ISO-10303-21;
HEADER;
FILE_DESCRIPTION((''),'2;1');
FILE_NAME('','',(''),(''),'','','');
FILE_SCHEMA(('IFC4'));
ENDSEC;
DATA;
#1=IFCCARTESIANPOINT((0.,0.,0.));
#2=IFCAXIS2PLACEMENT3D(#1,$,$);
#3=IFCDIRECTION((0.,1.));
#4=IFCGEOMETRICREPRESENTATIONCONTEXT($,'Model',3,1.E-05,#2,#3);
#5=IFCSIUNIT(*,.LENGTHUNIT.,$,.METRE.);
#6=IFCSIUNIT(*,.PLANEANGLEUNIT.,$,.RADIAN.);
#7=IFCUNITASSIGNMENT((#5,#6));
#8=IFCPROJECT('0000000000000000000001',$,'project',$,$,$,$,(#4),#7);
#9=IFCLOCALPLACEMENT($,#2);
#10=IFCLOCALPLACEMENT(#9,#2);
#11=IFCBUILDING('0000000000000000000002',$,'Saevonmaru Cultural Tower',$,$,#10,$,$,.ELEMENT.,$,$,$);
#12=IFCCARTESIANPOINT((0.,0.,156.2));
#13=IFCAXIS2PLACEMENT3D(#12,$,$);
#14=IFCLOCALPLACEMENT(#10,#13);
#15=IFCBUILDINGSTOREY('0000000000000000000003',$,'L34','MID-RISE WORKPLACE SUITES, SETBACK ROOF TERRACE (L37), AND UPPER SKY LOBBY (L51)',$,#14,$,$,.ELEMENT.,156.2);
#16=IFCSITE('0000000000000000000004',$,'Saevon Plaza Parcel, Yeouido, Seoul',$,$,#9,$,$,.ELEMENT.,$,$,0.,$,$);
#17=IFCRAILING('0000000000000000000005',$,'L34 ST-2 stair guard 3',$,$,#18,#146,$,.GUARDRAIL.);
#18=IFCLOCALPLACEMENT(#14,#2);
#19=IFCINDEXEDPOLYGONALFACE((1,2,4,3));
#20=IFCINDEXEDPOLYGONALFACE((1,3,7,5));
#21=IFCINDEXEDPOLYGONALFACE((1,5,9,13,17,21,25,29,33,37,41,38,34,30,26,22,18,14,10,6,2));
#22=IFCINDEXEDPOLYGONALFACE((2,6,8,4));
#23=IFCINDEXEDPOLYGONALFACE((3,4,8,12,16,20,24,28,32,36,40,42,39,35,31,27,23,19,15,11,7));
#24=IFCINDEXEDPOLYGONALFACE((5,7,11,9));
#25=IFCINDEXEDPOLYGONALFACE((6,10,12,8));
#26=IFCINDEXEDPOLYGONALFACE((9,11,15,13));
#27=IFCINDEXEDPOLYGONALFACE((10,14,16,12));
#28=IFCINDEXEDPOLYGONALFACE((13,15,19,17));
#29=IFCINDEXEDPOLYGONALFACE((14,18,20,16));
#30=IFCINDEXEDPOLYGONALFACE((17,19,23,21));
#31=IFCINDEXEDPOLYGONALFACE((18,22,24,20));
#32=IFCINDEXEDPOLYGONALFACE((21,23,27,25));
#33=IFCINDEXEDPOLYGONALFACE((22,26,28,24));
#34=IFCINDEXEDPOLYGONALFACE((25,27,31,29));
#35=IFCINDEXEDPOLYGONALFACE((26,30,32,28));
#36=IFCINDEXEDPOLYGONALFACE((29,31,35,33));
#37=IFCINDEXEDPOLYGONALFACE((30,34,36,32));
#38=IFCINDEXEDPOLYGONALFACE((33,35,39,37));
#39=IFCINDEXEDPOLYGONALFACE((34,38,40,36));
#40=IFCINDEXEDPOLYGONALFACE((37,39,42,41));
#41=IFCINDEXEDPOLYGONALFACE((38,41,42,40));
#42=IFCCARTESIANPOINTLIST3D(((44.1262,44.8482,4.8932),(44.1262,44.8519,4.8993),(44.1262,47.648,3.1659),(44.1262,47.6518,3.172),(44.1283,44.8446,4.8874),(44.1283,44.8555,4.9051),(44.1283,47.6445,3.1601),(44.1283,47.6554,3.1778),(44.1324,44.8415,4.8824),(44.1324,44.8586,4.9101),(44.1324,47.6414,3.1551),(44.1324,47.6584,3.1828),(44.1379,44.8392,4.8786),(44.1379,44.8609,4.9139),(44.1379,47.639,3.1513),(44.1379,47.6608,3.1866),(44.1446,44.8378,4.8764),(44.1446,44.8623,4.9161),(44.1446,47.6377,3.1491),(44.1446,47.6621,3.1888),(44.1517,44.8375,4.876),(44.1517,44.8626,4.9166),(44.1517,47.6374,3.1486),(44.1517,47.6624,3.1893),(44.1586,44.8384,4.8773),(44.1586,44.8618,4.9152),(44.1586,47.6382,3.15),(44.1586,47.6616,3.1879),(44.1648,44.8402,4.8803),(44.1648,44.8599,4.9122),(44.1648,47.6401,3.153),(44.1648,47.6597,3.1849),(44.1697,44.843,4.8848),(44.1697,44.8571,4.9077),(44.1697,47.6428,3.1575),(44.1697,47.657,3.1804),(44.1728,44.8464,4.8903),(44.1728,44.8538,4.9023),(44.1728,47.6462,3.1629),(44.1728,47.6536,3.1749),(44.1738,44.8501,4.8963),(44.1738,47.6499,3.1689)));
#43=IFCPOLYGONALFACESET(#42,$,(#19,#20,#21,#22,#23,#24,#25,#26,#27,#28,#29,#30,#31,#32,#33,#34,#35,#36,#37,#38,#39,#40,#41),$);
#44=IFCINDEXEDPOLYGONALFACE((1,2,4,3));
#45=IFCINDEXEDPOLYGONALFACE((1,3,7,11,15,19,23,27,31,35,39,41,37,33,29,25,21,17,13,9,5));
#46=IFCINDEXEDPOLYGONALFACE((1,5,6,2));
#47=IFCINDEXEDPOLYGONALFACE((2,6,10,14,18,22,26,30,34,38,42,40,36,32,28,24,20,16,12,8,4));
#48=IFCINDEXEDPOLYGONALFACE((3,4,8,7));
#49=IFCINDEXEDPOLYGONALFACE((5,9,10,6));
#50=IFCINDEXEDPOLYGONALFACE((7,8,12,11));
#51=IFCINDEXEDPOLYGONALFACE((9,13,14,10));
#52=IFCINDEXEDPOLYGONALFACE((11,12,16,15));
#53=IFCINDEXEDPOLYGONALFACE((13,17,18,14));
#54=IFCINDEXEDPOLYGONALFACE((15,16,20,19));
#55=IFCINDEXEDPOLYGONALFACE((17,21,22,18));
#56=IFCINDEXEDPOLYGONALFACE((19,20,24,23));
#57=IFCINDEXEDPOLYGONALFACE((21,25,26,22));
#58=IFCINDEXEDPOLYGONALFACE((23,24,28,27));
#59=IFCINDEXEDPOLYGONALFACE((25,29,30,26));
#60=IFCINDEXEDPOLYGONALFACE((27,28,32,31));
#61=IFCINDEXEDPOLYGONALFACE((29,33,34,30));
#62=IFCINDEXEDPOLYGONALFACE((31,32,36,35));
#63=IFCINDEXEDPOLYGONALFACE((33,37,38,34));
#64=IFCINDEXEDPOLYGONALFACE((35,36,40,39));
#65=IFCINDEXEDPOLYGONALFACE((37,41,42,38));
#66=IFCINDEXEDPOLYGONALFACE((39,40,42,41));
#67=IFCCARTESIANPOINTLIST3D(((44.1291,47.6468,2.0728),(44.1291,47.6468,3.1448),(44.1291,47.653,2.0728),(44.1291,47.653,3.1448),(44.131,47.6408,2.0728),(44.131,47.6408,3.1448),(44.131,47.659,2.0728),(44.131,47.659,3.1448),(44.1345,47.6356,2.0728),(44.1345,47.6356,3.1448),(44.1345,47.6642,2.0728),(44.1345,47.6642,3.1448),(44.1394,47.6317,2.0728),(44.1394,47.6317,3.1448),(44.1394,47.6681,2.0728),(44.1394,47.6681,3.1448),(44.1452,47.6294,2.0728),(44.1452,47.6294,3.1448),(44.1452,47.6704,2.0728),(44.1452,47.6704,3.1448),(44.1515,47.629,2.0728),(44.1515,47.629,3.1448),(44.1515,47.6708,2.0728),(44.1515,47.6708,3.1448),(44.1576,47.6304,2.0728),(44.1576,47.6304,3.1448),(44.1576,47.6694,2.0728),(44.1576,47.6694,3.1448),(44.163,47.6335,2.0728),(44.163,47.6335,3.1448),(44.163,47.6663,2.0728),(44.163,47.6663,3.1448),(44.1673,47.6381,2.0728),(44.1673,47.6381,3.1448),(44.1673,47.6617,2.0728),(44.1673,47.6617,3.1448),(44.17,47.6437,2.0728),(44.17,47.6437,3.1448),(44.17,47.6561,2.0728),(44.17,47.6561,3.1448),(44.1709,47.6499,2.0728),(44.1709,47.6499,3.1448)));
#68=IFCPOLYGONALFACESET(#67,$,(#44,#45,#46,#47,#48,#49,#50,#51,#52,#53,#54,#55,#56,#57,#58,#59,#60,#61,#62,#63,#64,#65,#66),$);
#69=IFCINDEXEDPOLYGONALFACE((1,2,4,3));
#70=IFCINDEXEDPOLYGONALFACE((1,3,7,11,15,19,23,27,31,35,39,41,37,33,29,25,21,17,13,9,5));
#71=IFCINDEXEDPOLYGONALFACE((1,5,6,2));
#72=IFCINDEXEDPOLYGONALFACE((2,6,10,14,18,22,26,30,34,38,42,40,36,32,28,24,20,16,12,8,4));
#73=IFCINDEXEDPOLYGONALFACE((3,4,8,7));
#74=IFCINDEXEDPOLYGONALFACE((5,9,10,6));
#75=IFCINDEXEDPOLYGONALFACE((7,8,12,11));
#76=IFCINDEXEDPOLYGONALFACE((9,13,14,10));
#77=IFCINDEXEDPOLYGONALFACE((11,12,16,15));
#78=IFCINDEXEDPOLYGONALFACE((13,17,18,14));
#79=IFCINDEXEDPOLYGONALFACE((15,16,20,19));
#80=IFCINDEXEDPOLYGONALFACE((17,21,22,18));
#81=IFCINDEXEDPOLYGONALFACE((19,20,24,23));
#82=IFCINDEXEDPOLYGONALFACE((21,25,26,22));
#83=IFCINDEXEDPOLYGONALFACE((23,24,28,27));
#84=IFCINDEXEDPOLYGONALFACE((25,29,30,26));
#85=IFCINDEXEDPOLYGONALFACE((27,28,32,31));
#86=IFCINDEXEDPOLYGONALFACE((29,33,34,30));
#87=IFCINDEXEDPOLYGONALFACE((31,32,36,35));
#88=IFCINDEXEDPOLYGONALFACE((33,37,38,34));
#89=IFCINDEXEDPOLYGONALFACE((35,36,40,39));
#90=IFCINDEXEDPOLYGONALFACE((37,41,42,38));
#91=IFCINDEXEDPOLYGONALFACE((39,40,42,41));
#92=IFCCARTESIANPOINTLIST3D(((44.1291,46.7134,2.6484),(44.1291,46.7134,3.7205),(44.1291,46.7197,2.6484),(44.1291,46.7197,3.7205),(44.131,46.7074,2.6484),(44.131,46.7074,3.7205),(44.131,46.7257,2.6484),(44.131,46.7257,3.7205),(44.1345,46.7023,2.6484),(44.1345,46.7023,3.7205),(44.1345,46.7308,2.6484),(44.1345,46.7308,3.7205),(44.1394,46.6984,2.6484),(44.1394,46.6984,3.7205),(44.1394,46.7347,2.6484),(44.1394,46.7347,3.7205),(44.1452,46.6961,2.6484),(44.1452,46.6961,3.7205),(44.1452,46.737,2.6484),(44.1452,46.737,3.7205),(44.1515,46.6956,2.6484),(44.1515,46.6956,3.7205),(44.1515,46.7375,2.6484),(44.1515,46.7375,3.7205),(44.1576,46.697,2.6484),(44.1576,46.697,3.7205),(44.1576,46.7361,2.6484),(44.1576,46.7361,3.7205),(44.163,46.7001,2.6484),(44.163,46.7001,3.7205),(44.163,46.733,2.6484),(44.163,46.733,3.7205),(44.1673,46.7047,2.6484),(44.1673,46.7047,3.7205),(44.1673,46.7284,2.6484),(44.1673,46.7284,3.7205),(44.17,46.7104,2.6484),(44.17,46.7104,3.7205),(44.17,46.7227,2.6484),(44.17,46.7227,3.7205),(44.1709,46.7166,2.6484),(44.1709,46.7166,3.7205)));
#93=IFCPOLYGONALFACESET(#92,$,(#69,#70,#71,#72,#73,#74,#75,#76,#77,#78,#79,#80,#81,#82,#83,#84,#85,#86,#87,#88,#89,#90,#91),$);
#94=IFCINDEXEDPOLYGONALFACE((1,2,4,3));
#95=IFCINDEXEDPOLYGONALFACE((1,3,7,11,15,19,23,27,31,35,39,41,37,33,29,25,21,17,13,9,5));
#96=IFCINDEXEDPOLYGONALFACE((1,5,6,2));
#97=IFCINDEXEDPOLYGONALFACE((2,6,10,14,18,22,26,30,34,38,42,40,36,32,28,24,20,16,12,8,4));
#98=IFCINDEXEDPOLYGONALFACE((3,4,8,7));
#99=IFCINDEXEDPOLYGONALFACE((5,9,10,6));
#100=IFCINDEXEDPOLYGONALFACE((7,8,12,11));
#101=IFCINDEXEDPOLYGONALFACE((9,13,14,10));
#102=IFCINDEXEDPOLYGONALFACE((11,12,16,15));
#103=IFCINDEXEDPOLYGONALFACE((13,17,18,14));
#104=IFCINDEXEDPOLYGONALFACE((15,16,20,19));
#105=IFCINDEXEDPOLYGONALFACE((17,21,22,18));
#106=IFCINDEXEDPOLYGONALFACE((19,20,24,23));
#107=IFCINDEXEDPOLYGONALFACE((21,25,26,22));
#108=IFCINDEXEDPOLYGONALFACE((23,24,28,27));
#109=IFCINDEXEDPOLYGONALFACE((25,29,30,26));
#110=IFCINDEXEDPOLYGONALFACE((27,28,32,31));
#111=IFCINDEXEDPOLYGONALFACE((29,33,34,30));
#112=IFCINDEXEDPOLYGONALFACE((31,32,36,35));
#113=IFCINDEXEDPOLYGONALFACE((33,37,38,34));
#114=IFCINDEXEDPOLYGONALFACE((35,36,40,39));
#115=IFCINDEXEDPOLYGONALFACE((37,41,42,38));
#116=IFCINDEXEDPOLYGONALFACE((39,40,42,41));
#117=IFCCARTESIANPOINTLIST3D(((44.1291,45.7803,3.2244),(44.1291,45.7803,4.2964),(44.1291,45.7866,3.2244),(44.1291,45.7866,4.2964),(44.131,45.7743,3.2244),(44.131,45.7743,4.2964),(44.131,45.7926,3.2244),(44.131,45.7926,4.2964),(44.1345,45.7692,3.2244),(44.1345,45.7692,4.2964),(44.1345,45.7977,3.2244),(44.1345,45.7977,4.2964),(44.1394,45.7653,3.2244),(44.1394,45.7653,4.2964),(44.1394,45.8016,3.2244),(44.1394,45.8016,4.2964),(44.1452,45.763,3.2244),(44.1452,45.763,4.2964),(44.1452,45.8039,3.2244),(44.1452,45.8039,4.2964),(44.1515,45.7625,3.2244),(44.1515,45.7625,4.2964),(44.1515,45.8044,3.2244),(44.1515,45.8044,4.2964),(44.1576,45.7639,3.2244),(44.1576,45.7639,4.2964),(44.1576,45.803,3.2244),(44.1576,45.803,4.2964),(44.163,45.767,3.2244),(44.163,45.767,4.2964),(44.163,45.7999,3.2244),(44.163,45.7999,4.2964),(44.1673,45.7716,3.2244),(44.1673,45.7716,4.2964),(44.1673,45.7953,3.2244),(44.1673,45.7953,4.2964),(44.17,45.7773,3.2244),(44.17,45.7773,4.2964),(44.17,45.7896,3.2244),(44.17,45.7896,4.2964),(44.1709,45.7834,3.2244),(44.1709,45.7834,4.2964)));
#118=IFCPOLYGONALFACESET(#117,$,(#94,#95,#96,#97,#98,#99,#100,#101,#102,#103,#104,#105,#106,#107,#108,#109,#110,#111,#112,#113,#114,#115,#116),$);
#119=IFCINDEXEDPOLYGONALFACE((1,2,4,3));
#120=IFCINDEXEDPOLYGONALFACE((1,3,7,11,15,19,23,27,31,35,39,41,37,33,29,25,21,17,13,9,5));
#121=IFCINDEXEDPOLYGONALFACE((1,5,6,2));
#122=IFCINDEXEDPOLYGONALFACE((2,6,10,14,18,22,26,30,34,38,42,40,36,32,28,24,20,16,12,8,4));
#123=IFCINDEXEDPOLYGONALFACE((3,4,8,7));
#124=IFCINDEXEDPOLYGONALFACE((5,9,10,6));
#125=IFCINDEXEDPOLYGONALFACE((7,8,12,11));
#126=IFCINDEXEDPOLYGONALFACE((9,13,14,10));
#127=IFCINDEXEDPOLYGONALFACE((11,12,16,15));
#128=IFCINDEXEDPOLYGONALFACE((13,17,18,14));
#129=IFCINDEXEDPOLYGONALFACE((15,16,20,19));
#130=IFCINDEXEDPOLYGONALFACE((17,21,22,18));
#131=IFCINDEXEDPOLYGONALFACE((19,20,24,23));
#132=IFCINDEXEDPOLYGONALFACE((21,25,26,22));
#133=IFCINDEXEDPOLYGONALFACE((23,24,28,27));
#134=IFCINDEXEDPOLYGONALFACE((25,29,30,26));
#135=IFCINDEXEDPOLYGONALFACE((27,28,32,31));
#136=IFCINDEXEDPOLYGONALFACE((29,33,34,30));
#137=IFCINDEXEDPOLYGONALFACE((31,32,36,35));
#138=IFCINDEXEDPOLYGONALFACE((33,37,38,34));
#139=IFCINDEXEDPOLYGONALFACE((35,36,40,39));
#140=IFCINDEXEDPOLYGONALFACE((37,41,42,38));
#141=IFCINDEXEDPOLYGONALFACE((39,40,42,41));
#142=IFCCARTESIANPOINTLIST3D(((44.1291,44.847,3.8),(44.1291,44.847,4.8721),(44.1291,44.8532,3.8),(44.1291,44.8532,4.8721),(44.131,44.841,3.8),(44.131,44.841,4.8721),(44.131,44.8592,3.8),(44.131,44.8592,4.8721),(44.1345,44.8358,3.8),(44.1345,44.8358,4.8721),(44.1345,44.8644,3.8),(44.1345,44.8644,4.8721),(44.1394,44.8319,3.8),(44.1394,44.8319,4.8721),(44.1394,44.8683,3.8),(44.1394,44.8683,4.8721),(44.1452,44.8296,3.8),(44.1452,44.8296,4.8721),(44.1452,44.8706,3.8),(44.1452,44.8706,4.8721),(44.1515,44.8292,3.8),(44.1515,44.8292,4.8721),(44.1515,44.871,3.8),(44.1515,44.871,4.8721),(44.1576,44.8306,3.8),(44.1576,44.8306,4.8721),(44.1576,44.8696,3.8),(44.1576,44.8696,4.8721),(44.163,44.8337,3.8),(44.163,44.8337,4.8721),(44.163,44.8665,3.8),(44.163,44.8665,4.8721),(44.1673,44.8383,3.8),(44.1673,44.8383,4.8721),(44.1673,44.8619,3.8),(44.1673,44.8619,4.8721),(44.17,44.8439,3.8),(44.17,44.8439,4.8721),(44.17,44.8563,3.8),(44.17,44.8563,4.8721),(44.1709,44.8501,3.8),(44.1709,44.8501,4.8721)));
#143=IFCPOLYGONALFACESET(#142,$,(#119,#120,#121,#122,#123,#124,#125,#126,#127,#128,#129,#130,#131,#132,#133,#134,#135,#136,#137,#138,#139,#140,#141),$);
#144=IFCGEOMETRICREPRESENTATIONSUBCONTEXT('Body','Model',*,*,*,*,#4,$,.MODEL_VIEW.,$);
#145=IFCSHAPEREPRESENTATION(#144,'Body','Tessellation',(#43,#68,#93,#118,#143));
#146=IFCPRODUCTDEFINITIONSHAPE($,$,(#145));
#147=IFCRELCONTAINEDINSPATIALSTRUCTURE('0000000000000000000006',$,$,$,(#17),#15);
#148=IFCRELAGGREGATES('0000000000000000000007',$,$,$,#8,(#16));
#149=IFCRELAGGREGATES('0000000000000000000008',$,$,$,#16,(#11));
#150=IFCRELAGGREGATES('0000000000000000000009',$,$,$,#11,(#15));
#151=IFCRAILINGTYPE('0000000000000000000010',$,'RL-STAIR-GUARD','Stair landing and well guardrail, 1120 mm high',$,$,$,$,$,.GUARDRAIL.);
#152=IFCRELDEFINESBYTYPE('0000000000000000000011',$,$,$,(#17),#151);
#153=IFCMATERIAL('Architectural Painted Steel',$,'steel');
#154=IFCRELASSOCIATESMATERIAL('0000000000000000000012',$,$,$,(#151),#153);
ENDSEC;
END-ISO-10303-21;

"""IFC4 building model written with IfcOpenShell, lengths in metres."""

from ifc_helpers import new_model, si_unit, direction, frame, origin, origin_2d, place, context, subcontext, project, spatial, circle, extrude, material, type_object, element, save


model = new_model("IFC4")

# Units and contexts
model_context = context("Model", 3, precision=1e-05, world=origin(), true_north=direction((0.0, 1.0)))
body_context = subcontext(model_context, "Body", "Model", "MODEL_VIEW")
ifc_project = project(units=[si_unit("LENGTHUNIT", "METRE"), si_unit("PLANEANGLEUNIT", "RADIAN")], contexts=[model_context])

# Site, building, storey
site_placement = place(None, origin())
site = spatial("IfcSite", under=ifc_project, at=site_placement, Name="Saevon Plaza Parcel, Yeouido, Seoul", CompositionType="ELEMENT", RefElevation=0.0)
building_placement = place(site_placement, origin())
building = spatial("IfcBuilding", under=site, at=building_placement, Name="Saevonmaru Cultural Tower", CompositionType="ELEMENT")
storey_placement = place(building_placement, frame((0.0, 0.0, 156.2)))
storey = spatial("IfcBuildingStorey", under=building, at=storey_placement, Name="L34", Description="MID-RISE WORKPLACE SUITES, SETBACK ROOF TERRACE (L37), AND UPPER SKY LOBBY (L51)", CompositionType="ELEMENT", Elevation=156.2)

# Railing
ifc_material_1 = material(Name="Architectural Painted Steel", Category="steel")
railing_type_1 = type_object("IfcRailingType", Name="RL-STAIR-GUARD", Description="Stair landing and well guardrail, 1120 mm high", PredefinedType="GUARDRAIL", material=ifc_material_1)
railing_1_placement = place(storey_placement, frame((44.1499, 47.6499, 2.0728)))
element("IfcRailing", 1, at=railing_1_placement, inside=storey, type_object=railing_type_1, Name="L34 ST-2 stair guard 3", PredefinedType="GUARDRAIL", context=body_context, shape_type="SweptSolid", body=[
    extrude(circle(Radius=0.0239, at=origin_2d()), frame((0.0, 0.0, 1.0962), z_axis=(0.0, -0.851069, 0.525054), x_axis=(1.0, 0.0, 0.0)), (0.0, 0.0, 1.0), 3.2898),
    extrude(circle(Radius=0.021, at=origin_2d()), origin(), (0.0, 0.0, 1.0), 1.072),
    extrude(circle(Radius=0.021, at=origin_2d()), frame((0.0, -0.9333, 0.5757)), (0.0, 0.0, 1.0), 1.072),
    extrude(circle(Radius=0.021, at=origin_2d()), frame((0.0, -1.8665, 1.1516)), (0.0, 0.0, 1.0), 1.072),
    extrude(circle(Radius=0.021, at=origin_2d()), frame((0.0, -2.7998, 1.7273)), (0.0, 0.0, 1.0), 1.072),
])

save(model, "model.ifc")
